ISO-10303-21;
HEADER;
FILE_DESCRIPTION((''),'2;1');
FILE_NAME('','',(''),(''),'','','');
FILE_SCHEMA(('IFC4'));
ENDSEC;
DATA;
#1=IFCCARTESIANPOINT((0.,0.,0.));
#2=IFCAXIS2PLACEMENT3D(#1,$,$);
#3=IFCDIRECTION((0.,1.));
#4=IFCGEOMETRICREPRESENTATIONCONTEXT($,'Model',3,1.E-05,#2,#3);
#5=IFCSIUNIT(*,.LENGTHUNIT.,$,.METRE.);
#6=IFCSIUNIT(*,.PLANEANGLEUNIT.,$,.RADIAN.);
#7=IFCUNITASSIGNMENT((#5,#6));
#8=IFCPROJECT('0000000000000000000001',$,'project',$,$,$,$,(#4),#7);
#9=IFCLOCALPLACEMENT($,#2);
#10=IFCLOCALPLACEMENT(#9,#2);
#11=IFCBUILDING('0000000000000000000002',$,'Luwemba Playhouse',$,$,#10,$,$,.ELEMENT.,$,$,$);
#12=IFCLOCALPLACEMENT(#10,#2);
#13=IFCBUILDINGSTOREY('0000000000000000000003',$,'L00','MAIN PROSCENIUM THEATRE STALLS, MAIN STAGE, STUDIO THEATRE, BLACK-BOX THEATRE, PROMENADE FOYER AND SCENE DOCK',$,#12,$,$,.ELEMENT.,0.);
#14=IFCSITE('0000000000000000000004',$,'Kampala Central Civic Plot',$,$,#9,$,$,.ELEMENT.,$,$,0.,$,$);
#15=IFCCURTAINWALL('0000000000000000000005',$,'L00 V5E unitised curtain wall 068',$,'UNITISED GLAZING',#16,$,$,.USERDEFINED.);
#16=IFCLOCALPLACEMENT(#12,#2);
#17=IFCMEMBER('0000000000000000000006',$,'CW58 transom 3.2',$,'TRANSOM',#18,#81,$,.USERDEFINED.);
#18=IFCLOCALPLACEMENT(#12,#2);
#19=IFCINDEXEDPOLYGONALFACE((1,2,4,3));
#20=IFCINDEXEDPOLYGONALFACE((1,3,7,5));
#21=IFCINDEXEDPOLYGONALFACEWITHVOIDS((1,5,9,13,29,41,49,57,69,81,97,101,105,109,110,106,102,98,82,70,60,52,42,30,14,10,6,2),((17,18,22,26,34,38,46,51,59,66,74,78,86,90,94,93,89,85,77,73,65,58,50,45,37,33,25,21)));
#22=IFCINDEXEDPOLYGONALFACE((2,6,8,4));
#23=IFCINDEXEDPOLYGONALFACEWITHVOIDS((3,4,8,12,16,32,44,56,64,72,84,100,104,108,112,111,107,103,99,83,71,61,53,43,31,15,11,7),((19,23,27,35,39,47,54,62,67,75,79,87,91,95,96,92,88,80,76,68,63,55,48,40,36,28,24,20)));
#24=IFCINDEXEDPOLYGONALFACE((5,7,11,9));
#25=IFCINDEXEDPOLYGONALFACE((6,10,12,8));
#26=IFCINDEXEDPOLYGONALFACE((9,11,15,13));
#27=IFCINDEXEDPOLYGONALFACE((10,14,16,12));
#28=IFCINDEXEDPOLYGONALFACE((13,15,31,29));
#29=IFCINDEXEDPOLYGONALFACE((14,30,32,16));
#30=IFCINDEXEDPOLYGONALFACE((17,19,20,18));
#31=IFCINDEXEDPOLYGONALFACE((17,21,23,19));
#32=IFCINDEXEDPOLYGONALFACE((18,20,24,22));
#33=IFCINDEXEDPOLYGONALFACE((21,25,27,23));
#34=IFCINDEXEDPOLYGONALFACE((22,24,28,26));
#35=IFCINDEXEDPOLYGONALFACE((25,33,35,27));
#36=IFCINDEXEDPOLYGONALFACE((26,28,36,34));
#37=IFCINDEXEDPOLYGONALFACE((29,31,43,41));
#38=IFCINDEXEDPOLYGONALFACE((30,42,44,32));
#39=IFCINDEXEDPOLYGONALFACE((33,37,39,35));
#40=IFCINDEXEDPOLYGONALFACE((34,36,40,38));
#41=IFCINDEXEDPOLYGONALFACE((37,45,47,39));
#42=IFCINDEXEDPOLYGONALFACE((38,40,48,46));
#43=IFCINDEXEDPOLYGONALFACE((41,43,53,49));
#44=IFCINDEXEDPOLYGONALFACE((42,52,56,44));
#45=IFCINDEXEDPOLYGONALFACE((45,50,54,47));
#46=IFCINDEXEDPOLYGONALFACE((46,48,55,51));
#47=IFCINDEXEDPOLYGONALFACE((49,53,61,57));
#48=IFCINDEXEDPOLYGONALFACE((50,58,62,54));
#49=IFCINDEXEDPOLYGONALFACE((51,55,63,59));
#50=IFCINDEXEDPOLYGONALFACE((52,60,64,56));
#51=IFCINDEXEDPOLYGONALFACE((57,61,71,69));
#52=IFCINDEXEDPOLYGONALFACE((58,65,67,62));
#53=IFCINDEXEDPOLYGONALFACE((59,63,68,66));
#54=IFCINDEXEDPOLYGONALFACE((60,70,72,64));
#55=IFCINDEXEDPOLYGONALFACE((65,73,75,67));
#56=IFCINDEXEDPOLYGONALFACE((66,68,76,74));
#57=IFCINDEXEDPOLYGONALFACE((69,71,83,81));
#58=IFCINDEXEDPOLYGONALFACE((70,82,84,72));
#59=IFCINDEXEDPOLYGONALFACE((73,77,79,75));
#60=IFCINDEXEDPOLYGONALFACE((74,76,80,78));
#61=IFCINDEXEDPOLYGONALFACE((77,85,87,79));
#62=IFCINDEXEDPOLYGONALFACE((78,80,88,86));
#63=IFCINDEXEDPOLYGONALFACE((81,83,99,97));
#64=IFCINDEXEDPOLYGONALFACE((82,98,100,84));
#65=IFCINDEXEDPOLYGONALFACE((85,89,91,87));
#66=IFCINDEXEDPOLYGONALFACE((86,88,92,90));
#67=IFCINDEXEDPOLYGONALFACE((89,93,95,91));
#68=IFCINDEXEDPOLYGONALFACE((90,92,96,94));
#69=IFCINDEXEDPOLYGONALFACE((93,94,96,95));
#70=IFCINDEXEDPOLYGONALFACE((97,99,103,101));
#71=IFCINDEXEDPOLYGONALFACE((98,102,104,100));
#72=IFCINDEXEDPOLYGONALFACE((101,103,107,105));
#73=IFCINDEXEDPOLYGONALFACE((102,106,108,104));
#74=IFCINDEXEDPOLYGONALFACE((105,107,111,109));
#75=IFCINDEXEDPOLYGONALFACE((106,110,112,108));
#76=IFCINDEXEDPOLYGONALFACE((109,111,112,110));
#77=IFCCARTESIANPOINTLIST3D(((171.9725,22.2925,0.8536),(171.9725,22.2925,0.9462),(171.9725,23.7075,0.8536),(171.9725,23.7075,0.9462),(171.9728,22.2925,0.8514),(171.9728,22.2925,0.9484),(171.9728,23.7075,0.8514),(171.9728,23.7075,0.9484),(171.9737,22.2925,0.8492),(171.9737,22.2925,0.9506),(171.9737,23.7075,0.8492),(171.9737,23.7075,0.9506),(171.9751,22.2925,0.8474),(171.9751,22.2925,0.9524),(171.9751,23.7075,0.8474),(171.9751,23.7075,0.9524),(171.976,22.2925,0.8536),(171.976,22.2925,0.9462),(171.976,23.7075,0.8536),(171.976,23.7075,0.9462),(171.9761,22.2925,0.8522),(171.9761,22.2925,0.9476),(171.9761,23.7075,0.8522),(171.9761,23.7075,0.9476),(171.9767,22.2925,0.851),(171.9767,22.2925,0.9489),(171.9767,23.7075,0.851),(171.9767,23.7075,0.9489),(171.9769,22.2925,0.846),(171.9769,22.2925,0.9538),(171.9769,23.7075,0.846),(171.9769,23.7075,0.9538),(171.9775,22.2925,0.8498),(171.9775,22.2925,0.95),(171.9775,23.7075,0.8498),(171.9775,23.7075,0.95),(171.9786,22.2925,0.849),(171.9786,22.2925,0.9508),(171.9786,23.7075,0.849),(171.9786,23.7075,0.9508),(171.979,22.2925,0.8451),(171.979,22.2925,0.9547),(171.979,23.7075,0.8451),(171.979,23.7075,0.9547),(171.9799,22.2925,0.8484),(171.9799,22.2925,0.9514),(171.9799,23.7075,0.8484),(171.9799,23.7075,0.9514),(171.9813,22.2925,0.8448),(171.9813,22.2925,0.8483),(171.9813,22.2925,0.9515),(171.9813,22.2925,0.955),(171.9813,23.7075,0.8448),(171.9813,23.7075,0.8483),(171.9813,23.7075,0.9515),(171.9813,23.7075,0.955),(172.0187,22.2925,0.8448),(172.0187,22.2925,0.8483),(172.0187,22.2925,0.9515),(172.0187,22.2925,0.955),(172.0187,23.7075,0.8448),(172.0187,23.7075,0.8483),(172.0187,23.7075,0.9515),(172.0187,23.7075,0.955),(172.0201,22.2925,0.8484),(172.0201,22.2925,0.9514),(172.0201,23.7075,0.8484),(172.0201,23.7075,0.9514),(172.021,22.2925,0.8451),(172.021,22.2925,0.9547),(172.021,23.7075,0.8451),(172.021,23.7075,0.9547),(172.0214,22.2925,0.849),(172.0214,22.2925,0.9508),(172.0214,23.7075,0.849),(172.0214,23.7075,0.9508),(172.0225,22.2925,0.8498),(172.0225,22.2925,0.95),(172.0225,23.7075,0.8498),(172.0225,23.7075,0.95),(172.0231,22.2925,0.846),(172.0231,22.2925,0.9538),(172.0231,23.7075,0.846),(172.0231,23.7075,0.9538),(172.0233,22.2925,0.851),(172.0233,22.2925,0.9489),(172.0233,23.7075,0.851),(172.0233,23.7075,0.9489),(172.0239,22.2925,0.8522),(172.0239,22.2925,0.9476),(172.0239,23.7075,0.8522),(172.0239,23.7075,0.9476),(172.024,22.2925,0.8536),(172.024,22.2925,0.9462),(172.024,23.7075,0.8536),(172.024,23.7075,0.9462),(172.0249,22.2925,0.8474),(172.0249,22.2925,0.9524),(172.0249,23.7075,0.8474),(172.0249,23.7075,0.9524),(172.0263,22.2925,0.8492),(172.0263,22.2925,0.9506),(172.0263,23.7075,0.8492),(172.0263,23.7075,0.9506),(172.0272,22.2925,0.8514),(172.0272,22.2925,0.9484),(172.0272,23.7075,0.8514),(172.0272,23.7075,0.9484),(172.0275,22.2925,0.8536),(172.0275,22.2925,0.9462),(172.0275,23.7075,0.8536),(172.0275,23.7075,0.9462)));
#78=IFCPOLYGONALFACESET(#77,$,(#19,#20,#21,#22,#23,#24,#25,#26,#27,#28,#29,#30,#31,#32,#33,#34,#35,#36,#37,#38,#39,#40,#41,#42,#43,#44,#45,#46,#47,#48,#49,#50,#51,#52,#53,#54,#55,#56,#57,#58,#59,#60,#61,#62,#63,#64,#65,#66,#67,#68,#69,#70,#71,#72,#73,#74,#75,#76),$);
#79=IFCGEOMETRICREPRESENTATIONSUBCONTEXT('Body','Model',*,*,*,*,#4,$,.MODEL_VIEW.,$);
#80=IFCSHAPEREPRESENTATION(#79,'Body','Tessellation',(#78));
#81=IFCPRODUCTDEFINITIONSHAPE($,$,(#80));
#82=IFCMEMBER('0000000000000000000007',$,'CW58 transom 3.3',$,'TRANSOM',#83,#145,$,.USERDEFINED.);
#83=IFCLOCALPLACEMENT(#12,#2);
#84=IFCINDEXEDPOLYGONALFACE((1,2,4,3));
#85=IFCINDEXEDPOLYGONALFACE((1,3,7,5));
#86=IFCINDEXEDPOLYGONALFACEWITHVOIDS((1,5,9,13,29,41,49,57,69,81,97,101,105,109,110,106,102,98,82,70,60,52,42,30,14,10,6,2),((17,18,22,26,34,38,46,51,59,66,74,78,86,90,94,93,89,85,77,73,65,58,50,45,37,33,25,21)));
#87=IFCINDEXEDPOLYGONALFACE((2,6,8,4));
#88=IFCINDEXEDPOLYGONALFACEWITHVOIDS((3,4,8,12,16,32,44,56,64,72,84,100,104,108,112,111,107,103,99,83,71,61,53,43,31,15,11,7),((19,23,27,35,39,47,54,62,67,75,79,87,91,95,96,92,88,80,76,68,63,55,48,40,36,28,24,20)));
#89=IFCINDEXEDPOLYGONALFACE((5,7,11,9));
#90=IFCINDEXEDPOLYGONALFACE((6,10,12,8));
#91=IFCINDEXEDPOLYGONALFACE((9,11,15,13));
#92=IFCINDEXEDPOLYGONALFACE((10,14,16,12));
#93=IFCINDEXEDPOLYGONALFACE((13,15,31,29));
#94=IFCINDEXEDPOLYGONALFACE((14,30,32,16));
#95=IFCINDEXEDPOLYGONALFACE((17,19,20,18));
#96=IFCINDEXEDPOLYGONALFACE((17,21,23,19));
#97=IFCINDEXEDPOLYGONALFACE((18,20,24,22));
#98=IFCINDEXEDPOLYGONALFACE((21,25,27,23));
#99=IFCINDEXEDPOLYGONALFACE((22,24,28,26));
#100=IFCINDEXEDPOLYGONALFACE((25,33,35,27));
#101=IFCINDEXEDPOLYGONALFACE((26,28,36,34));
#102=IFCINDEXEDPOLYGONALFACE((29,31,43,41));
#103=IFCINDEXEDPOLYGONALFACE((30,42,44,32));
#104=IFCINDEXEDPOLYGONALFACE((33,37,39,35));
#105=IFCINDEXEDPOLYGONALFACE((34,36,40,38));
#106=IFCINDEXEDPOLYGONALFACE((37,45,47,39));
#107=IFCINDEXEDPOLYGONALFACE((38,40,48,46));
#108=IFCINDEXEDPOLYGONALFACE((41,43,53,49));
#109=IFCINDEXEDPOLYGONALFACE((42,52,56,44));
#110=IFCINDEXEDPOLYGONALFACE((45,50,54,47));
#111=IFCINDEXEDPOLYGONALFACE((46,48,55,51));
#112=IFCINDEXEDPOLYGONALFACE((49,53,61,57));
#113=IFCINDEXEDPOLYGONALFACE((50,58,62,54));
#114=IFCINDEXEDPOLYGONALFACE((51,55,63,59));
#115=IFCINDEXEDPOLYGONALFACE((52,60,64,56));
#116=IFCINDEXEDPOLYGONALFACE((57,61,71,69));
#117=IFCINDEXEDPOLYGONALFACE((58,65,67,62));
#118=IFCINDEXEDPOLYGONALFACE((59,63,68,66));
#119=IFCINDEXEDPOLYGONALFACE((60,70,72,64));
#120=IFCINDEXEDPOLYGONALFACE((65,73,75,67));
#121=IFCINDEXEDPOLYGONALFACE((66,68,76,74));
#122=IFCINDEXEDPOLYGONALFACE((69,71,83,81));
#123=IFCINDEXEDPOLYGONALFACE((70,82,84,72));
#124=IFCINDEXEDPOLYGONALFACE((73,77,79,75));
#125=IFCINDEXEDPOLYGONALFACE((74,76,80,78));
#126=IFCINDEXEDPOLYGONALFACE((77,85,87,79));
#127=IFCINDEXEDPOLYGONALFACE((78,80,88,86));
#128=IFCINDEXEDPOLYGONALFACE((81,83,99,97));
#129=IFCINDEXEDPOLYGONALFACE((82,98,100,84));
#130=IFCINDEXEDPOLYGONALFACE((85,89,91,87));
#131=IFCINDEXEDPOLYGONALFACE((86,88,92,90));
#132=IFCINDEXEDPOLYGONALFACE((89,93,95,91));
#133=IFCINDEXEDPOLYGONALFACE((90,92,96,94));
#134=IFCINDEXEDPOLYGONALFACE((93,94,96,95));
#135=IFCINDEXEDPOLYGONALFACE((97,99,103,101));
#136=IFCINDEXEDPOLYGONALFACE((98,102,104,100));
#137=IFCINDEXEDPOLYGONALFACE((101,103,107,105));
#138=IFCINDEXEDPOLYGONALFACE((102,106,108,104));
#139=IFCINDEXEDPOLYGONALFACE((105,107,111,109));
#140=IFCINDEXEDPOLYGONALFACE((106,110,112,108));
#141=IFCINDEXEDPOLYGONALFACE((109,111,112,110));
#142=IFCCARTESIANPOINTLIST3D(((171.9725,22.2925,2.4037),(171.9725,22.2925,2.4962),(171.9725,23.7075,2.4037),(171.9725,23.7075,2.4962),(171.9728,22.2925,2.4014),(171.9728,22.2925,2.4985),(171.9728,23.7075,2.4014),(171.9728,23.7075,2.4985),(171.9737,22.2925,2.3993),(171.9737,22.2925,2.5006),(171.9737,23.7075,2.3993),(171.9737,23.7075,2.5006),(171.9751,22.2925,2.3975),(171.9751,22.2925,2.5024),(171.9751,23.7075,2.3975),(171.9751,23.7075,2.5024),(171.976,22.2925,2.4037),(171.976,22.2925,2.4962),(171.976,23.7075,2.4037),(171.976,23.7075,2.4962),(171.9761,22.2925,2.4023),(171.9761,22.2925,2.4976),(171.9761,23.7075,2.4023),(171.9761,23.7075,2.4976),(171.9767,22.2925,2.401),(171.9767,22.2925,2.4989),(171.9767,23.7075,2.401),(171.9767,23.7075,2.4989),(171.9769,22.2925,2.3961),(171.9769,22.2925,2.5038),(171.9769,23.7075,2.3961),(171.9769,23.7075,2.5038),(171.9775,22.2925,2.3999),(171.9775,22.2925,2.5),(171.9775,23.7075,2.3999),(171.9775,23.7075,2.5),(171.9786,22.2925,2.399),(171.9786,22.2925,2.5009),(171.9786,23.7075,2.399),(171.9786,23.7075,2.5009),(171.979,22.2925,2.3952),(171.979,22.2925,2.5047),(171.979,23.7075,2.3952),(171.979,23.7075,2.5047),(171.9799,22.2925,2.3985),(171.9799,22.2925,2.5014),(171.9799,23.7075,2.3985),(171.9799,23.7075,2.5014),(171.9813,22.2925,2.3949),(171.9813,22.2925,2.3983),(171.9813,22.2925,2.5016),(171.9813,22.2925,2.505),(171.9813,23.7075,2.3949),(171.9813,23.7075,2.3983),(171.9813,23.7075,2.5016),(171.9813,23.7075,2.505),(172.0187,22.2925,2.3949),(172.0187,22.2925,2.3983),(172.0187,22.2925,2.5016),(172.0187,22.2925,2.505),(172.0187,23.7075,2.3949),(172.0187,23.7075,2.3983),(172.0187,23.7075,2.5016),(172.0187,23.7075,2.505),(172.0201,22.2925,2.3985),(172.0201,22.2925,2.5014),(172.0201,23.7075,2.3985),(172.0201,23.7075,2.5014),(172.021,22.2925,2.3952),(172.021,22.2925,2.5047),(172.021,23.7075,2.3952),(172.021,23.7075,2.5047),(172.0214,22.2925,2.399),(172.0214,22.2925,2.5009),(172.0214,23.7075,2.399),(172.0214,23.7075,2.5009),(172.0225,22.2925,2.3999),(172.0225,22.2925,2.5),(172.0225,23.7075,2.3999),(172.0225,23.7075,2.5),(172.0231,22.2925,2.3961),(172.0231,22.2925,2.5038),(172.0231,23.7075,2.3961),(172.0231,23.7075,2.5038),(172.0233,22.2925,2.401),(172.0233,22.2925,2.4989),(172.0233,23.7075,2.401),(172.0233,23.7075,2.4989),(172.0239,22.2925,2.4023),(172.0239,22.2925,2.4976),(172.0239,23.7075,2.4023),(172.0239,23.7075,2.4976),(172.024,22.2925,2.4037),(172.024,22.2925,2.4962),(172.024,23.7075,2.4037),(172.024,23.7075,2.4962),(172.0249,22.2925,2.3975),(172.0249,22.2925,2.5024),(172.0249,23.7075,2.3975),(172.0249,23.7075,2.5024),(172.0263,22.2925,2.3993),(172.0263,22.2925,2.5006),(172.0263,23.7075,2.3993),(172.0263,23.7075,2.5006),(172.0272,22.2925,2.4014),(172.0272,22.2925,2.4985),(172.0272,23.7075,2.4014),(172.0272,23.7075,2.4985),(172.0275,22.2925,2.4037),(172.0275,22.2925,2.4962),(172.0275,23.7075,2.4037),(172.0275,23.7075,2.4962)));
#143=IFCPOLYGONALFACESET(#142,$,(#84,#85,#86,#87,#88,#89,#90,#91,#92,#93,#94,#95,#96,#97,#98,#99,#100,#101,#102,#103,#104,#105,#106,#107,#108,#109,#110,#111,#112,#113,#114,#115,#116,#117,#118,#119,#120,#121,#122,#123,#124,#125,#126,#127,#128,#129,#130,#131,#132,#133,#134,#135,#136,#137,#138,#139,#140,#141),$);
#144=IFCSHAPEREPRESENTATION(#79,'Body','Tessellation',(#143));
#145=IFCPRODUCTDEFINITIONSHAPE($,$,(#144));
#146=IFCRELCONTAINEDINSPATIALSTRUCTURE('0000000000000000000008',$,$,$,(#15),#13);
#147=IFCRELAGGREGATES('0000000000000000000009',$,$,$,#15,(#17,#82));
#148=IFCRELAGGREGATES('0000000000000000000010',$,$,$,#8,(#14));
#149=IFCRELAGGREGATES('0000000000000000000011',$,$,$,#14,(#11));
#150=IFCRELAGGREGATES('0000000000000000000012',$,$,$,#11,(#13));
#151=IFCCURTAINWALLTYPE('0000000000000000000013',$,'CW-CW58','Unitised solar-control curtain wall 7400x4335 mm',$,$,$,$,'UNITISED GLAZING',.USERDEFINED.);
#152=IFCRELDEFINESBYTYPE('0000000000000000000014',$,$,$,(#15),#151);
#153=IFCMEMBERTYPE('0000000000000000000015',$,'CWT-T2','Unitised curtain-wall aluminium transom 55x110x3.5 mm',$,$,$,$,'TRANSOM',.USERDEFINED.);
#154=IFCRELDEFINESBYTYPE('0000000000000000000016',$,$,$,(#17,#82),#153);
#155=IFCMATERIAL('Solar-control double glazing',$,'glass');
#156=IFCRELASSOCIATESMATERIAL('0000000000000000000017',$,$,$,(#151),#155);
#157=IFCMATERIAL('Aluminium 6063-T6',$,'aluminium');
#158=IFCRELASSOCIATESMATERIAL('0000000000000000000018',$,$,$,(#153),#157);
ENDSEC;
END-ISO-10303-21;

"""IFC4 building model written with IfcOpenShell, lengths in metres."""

from ifc_helpers import new_model, si_unit, direction, frame, origin, origin_2d, place, context, subcontext, project, spatial, hollow_rectangle, extrude, material, material_profile, profile_set, type_object, element, aggregate, save


model = new_model("IFC4")

# Units and contexts
model_context = context("Model", 3, precision=1e-05, world=origin(), true_north=direction((0.0, 1.0)))
body_context = subcontext(model_context, "Body", "Model", "MODEL_VIEW")
ifc_project = project(units=[si_unit("LENGTHUNIT", "METRE"), si_unit("PLANEANGLEUNIT", "RADIAN")], contexts=[model_context])

# Site, building, storey
site_placement = place(None, origin())
site = spatial("IfcSite", under=ifc_project, at=site_placement, Name="Kampala Central Civic Plot", CompositionType="ELEMENT", RefElevation=0.0)
building_placement = place(site_placement, origin())
building = spatial("IfcBuilding", under=site, at=building_placement, Name="Luwemba Playhouse", CompositionType="ELEMENT")
storey_placement = place(building_placement, origin())
storey = spatial("IfcBuildingStorey", under=building, at=storey_placement, Name="L00", Description="MAIN PROSCENIUM THEATRE STALLS, MAIN STAGE, STUDIO THEATRE, BLACK-BOX THEATRE, PROMENADE FOYER AND SCENE DOCK", CompositionType="ELEMENT", Elevation=0.0)

# Shared definitions
ifc_material_1 = material(Name="Solar-control double glazing", Category="glass")
ifc_material_2 = material(Name="Aluminium 6063-T6", Category="aluminium")

# Curtain wall, members
curtain_wall_type_1 = type_object("IfcCurtainWallType", Name="CW-CW58", Description="Unitised solar-control curtain wall 7400x4335 mm", ElementType="UNITISED GLAZING", PredefinedType="USERDEFINED", material=ifc_material_1)
curtain_wall_1_placement = place(storey_placement, origin())
curtain_wall_1 = element("IfcCurtainWall", 1, at=curtain_wall_1_placement, inside=storey, type_object=curtain_wall_type_1, Name="L00 V5E unitised curtain wall 068", ObjectType="UNITISED GLAZING", PredefinedType="USERDEFINED")
ifc_material_profile_1 = material_profile(ifc_material_2, hollow_rectangle(XDim=0.0549, YDim=0.1101, WallThickness=0.0034, InnerFilletRadius=0.0054, OuterFilletRadius=0.0088, at=origin_2d()))
ifc_profile_set_1 = profile_set([ifc_material_profile_1], Name="Aluminium 6063-T6")
member_type_1 = type_object("IfcMemberType", Name="CWT-T2", Description="Unitised curtain-wall aluminium transom 55x110x3.5 mm", ElementType="TRANSOM", PredefinedType="USERDEFINED", material=ifc_profile_set_1)
member_1_placement = place(storey_placement, frame((172.0, 23.7075, 0.8999), z_axis=(0.0, -1.0, 0.0), x_axis=(1.0, 0.0, 0.0)))
member_1 = element("IfcMember", 2, at=member_1_placement, type_object=member_type_1, Name="CW58 transom 3.2", ObjectType="TRANSOM", PredefinedType="USERDEFINED", context=body_context, shape_type="SweptSolid", body=[
    extrude(hollow_rectangle(XDim=0.0549, YDim=0.1101, WallThickness=0.0034, InnerFilletRadius=0.0054, OuterFilletRadius=0.0088, at=origin_2d()), origin(), (0.0, 0.0, 1.0), 1.415),
])
member_2_placement = place(storey_placement, frame((172.0, 23.7075, 2.45), z_axis=(0.0, -1.0, 0.0), x_axis=(1.0, 0.0, 0.0)))
member_2 = element("IfcMember", 3, at=member_2_placement, type_object=member_type_1, Name="CW58 transom 3.3", ObjectType="TRANSOM", PredefinedType="USERDEFINED", context=body_context, shape_type="SweptSolid", body=[
    extrude(hollow_rectangle(XDim=0.0549, YDim=0.1101, WallThickness=0.0034, InnerFilletRadius=0.0054, OuterFilletRadius=0.0088, at=origin_2d()), origin(), (0.0, 0.0, 1.0), 1.415),
])

aggregate(curtain_wall_1, [member_1, member_2])

save(model, "model.ifc")
